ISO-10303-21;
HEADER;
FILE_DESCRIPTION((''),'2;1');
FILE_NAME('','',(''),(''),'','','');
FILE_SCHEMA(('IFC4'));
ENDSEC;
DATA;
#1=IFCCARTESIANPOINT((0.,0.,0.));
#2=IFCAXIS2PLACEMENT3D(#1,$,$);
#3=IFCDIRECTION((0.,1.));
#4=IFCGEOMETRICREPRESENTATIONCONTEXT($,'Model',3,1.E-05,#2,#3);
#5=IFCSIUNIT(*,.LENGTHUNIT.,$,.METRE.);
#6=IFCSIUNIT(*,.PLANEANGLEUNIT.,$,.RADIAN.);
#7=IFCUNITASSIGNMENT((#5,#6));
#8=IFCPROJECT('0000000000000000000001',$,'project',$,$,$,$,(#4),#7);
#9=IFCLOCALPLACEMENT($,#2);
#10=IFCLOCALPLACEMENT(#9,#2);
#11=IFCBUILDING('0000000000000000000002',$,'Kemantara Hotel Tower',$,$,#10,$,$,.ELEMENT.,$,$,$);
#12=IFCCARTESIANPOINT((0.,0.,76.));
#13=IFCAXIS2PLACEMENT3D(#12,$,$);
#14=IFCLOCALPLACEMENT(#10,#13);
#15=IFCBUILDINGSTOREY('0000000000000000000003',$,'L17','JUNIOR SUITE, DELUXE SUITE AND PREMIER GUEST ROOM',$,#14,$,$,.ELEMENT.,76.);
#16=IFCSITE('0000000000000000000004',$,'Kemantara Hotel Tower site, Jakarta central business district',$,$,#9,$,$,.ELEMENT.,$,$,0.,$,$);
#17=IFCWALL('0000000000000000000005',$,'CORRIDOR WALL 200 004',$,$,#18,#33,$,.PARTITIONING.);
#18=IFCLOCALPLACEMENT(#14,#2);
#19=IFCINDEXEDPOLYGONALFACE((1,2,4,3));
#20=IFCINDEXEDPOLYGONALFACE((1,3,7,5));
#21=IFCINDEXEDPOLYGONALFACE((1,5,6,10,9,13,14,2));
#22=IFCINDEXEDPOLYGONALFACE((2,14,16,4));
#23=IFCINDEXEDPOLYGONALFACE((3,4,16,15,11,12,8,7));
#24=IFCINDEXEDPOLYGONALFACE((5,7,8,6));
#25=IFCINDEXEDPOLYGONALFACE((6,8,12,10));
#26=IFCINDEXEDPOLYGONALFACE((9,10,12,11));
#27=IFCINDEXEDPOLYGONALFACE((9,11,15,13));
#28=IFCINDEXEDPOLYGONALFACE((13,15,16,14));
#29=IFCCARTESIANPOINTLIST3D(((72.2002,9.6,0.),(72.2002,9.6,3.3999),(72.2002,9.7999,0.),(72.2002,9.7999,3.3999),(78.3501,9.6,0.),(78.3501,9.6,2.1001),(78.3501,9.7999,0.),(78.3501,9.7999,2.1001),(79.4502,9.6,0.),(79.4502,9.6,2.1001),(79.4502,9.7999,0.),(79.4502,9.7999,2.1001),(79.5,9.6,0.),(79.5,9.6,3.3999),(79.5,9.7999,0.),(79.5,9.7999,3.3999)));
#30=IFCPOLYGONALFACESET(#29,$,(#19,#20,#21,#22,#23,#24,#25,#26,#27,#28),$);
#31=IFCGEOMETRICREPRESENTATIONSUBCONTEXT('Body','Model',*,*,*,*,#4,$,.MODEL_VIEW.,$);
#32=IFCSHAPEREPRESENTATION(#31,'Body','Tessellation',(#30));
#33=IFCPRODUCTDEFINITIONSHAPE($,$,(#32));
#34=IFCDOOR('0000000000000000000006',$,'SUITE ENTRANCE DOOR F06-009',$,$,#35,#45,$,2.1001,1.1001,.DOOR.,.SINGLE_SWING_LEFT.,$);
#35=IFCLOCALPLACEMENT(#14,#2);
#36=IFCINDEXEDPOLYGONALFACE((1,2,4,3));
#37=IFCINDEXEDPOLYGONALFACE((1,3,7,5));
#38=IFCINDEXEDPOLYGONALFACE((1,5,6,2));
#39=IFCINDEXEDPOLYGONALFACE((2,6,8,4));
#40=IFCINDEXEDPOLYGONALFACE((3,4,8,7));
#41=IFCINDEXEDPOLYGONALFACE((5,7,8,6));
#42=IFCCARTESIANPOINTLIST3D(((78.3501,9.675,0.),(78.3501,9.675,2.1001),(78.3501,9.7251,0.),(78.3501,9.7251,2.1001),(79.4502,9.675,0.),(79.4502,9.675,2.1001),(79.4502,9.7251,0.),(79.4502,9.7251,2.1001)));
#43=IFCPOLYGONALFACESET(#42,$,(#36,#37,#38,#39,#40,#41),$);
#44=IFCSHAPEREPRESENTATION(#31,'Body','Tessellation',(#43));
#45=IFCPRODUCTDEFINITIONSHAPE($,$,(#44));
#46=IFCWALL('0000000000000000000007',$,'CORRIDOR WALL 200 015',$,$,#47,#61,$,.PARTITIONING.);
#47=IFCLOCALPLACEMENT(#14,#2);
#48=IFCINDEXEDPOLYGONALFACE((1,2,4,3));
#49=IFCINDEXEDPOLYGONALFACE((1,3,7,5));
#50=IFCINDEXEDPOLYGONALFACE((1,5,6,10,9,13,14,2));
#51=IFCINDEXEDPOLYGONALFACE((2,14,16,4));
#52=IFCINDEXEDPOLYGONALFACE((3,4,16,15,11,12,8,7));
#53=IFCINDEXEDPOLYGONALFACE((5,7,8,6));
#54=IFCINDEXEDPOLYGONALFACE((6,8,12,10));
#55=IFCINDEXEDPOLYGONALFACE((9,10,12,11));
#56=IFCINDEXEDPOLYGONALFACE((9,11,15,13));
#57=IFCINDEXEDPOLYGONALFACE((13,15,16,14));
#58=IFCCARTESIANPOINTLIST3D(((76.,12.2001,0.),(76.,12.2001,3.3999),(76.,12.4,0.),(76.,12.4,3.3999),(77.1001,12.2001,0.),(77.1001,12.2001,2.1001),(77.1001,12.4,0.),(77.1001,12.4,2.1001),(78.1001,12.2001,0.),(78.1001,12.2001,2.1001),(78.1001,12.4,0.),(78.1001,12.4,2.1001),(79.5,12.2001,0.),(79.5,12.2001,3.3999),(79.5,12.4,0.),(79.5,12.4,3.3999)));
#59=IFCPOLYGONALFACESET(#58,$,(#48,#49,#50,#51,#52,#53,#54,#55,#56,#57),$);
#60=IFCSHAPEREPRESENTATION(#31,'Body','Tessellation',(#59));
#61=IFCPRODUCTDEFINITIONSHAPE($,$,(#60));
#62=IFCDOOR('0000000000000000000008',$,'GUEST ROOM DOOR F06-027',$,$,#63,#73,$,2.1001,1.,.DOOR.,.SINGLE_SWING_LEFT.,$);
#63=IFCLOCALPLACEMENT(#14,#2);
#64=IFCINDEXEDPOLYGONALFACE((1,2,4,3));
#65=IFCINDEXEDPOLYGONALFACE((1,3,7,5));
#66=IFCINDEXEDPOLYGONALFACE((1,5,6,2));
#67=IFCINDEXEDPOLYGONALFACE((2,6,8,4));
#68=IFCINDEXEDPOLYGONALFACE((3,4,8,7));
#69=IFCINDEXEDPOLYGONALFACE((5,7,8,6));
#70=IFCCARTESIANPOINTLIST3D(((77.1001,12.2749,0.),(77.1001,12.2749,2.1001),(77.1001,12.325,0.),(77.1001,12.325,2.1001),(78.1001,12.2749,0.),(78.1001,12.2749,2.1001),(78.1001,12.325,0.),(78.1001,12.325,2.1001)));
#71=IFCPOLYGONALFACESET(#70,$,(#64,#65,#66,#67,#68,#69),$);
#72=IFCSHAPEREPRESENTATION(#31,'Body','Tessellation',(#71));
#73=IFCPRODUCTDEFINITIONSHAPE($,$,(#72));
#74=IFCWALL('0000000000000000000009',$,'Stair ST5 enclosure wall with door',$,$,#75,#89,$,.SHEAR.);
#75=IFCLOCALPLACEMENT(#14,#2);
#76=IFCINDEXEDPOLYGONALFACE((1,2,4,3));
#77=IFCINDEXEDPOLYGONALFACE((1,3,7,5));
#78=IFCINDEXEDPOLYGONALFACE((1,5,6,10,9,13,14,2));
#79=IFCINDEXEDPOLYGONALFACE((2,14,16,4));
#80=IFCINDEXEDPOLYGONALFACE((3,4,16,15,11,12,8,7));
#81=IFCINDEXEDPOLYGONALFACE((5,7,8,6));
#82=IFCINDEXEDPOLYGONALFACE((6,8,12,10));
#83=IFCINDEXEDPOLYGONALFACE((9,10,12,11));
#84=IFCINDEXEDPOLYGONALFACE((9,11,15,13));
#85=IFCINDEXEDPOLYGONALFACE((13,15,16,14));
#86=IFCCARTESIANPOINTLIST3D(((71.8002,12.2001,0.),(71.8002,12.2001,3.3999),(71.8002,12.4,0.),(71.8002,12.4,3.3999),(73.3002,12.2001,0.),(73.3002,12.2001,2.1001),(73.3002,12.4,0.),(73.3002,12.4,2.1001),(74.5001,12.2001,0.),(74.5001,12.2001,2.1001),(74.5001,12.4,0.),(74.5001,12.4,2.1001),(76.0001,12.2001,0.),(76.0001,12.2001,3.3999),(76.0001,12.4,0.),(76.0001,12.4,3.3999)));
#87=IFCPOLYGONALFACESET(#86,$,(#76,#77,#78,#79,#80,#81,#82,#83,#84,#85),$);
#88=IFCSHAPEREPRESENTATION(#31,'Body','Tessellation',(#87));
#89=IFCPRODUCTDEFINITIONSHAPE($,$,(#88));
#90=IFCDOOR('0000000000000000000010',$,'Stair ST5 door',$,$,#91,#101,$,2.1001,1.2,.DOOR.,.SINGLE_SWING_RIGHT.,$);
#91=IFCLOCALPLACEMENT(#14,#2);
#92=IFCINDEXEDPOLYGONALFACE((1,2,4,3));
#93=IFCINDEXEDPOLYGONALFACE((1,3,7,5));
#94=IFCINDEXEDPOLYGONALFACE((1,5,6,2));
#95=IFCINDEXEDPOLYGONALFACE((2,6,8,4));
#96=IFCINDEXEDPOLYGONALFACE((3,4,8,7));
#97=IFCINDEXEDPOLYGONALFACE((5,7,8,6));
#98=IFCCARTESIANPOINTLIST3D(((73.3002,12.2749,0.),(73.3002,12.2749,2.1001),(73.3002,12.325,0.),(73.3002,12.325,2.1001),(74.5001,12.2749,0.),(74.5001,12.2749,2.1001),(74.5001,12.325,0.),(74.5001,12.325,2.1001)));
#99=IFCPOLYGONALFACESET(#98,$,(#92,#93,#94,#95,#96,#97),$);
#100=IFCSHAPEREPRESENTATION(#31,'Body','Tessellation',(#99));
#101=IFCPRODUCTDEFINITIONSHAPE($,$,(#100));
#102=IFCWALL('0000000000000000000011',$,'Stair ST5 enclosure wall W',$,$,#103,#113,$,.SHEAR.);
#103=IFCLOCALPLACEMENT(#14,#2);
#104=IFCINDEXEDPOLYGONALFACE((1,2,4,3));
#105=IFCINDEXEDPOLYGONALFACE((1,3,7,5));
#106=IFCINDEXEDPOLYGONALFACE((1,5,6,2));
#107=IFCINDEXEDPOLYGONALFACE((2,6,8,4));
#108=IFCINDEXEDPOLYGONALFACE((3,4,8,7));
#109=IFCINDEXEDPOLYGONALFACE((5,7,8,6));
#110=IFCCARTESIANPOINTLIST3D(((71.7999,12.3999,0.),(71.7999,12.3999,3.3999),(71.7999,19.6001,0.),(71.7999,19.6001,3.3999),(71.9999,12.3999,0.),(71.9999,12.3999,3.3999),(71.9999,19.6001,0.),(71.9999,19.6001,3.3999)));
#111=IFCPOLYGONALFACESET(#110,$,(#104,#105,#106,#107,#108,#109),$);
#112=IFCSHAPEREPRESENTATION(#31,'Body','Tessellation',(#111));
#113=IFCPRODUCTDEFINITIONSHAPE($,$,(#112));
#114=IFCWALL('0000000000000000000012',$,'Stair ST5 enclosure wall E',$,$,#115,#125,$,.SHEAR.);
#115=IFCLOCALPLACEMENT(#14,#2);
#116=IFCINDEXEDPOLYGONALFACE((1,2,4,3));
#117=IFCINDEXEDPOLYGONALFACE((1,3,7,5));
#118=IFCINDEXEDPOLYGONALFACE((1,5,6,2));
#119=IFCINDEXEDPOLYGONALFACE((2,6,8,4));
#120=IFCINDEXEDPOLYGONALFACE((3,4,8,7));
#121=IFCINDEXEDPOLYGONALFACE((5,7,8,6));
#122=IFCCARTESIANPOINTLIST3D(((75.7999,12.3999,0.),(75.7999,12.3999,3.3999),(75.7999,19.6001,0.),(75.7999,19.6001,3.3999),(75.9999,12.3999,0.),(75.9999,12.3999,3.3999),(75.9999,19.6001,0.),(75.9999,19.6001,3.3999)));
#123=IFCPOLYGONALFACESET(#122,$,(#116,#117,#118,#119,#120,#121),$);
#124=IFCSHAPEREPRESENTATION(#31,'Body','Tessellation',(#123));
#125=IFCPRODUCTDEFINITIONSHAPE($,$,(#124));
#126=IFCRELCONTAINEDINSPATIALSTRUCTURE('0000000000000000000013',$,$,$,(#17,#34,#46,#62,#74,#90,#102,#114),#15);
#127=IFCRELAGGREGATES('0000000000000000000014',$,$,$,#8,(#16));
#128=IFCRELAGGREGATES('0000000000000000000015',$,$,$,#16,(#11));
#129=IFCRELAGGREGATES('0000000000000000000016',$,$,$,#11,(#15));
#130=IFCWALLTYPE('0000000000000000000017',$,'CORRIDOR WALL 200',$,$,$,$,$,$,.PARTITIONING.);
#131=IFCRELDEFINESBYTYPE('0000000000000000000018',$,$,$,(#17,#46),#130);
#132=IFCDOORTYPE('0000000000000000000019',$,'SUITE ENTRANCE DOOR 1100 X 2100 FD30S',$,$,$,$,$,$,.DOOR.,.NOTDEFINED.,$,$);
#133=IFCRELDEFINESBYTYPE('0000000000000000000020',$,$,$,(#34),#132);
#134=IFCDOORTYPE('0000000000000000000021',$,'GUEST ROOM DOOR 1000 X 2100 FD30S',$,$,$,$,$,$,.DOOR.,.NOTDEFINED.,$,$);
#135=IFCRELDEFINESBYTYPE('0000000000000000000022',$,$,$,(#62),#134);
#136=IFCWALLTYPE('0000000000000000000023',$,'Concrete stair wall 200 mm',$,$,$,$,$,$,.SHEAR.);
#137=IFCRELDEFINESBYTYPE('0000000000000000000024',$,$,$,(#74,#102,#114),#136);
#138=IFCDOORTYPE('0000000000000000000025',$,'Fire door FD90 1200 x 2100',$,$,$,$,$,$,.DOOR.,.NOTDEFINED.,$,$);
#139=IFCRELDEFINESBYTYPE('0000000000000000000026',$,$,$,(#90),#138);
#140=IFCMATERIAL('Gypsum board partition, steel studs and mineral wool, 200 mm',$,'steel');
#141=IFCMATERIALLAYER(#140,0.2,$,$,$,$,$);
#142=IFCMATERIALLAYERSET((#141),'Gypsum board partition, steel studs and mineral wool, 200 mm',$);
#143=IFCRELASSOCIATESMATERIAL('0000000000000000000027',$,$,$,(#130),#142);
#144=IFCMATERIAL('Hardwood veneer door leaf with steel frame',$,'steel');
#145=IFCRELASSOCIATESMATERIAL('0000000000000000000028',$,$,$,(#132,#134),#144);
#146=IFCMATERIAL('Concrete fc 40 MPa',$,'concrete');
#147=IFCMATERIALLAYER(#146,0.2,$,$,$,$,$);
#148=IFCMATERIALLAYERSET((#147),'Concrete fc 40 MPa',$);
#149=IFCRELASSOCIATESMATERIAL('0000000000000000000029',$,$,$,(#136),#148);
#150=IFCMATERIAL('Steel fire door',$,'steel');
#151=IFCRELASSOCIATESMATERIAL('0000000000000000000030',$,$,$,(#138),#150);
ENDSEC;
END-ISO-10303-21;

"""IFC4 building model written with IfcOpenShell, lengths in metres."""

from ifc_helpers import new_model, si_unit, direction, frame, frame_2d, origin, place, context, subcontext, project, spatial, rectangle, extrude, material, layer, layer_set, type_object, element, fill, save


model = new_model("IFC4")

# Units and contexts
model_context = context("Model", 3, precision=1e-05, world=origin(), true_north=direction((0.0, 1.0)))
body_context = subcontext(model_context, "Body", "Model", "MODEL_VIEW")
ifc_project = project(units=[si_unit("LENGTHUNIT", "METRE"), si_unit("PLANEANGLEUNIT", "RADIAN")], contexts=[model_context])

# Site, building, storey
site_placement = place(None, origin())
site = spatial("IfcSite", under=ifc_project, at=site_placement, Name="Kemantara Hotel Tower site, Jakarta central business district", CompositionType="ELEMENT", RefElevation=0.0)
building_placement = place(site_placement, origin())
building = spatial("IfcBuilding", under=site, at=building_placement, Name="Kemantara Hotel Tower", CompositionType="ELEMENT")
storey_placement = place(building_placement, frame((0.0, 0.0, 76.0)))
storey = spatial("IfcBuildingStorey", under=building, at=storey_placement, Name="L17", Description="JUNIOR SUITE, DELUXE SUITE AND PREMIER GUEST ROOM", CompositionType="ELEMENT", Elevation=76.0)

# Walls, openings, doors
ifc_material_1 = material(Name="Gypsum board partition, steel studs and mineral wool, 200 mm", Category="steel")
ifc_layer_1 = layer(ifc_material_1, 0.2)
ifc_layer_set_1 = layer_set([ifc_layer_1], Name="Gypsum board partition, steel studs and mineral wool, 200 mm")
wall_type_1 = type_object("IfcWallType", Name="CORRIDOR WALL 200", PredefinedType="PARTITIONING", material=ifc_layer_set_1)
wall_1_placement = place(storey_placement, frame((79.5, 9.7, 0.0), z_axis=(0.0, 0.0, 1.0), x_axis=(-1.0, 0.0, 0.0)))
wall_1 = element("IfcWall", 1, at=wall_1_placement, inside=storey, type_object=wall_type_1, Name="CORRIDOR WALL 200 004", PredefinedType="PARTITIONING", context=body_context, shape_type="SweptSolid", body=[
    extrude(rectangle(XDim=7.2998, YDim=0.2, at=frame_2d((3.6499, 0.0))), origin(), (0.0, 0.0, 1.0), 3.3999),
])
opening_1_placement = place(wall_1_placement, frame((0.0498, 0.0, 0.0)))
opening_1 = element("IfcOpeningElement", 2, at=opening_1_placement, cuts=wall_1, PredefinedType="OPENING", context=body_context, shape_type="SweptSolid", body=[
    extrude(rectangle(XDim=1.1001, YDim=2.1001, at=frame_2d((0.55, 1.05))), frame((0.0, 0.1099, 0.0), z_axis=(0.0, -1.0, 0.0), x_axis=(1.0, 0.0, 0.0)), (0.0, 0.0, 1.0), 0.22),
])
ifc_material_2 = material(Name="Hardwood veneer door leaf with steel frame", Category="steel")
door_type_1 = type_object("IfcDoorType", Name="SUITE ENTRANCE DOOR 1100 X 2100 FD30S", OperationType="NOTDEFINED", PredefinedType="DOOR", material=ifc_material_2)
door_1_placement = place(opening_1_placement, origin())
door_1 = element("IfcDoor", 3, at=door_1_placement, inside=storey, type_object=door_type_1, Name="SUITE ENTRANCE DOOR F06-009", OperationType="SINGLE_SWING_LEFT", OverallHeight=2.1001, OverallWidth=1.1001, PredefinedType="DOOR", context=body_context, shape_type="SweptSolid", body=[
    extrude(rectangle(XDim=1.1001, YDim=2.1001, at=frame_2d((0.55, 1.05))), frame((0.0, 0.0249, 0.0), z_axis=(0.0, -1.0, 0.0), x_axis=(1.0, 0.0, 0.0)), (0.0, 0.0, 1.0), 0.05),
])
fill(opening_1, door_1)
wall_2_placement = place(storey_placement, frame((76.0, 12.3, 0.0), z_axis=(0.0, 0.0, 1.0), x_axis=(1.0, 0.0, 0.0)))
wall_2 = element("IfcWall", 4, at=wall_2_placement, inside=storey, type_object=wall_type_1, Name="CORRIDOR WALL 200 015", PredefinedType="PARTITIONING", context=body_context, shape_type="SweptSolid", body=[
    extrude(rectangle(XDim=3.5, YDim=0.2, at=frame_2d((1.75, 0.0))), origin(), (0.0, 0.0, 1.0), 3.3999),
])
opening_2_placement = place(wall_2_placement, frame((1.1001, 0.0, 0.0)))
opening_2 = element("IfcOpeningElement", 5, at=opening_2_placement, cuts=wall_2, PredefinedType="OPENING", context=body_context, shape_type="SweptSolid", body=[
    extrude(rectangle(XDim=1.0, YDim=2.1001, at=frame_2d((0.5, 1.05))), frame((0.0, 0.1099, 0.0), z_axis=(0.0, -1.0, 0.0), x_axis=(1.0, 0.0, 0.0)), (0.0, 0.0, 1.0), 0.22),
])
door_type_2 = type_object("IfcDoorType", Name="GUEST ROOM DOOR 1000 X 2100 FD30S", OperationType="NOTDEFINED", PredefinedType="DOOR", material=ifc_material_2)
door_2_placement = place(opening_2_placement, origin())
door_2 = element("IfcDoor", 6, at=door_2_placement, inside=storey, type_object=door_type_2, Name="GUEST ROOM DOOR F06-027", OperationType="SINGLE_SWING_LEFT", OverallHeight=2.1001, OverallWidth=1.0, PredefinedType="DOOR", context=body_context, shape_type="SweptSolid", body=[
    extrude(rectangle(XDim=1.0, YDim=2.1001, at=frame_2d((0.5, 1.05))), frame((0.0, 0.0249, 0.0), z_axis=(0.0, -1.0, 0.0), x_axis=(1.0, 0.0, 0.0)), (0.0, 0.0, 1.0), 0.05),
])
fill(opening_2, door_2)
ifc_material_3 = material(Name="Concrete fc 40 MPa", Category="concrete")
ifc_layer_2 = layer(ifc_material_3, 0.2)
ifc_layer_set_2 = layer_set([ifc_layer_2], Name="Concrete fc 40 MPa")
wall_type_2 = type_object("IfcWallType", Name="Concrete stair wall 200 mm", PredefinedType="SHEAR", material=ifc_layer_set_2)
wall_3_placement = place(storey_placement, frame((71.8, 12.3, 0.0), z_axis=(0.0, 0.0, 1.0), x_axis=(1.0, 0.0, 0.0)))
wall_3 = element("IfcWall", 7, at=wall_3_placement, inside=storey, type_object=wall_type_2, Name="Stair ST5 enclosure wall with door", PredefinedType="SHEAR", context=body_context, shape_type="SweptSolid", body=[
    extrude(rectangle(XDim=4.2, YDim=0.2, at=frame_2d((2.1001, 0.0))), origin(), (0.0, 0.0, 1.0), 3.3999),
])
opening_3_placement = place(wall_3_placement, frame((1.5, 0.0, 0.0)))
opening_3 = element("IfcOpeningElement", 8, at=opening_3_placement, cuts=wall_3, PredefinedType="OPENING", context=body_context, shape_type="SweptSolid", body=[
    extrude(rectangle(XDim=1.2, YDim=2.1001, at=frame_2d((0.6001, 1.05))), frame((0.0, 0.1099, 0.0), z_axis=(0.0, -1.0, 0.0), x_axis=(1.0, 0.0, 0.0)), (0.0, 0.0, 1.0), 0.22),
])
ifc_material_4 = material(Name="Steel fire door", Category="steel")
door_type_3 = type_object("IfcDoorType", Name="Fire door FD90 1200 x 2100", OperationType="NOTDEFINED", PredefinedType="DOOR", material=ifc_material_4)
door_3_placement = place(opening_3_placement, origin())
door_3 = element("IfcDoor", 9, at=door_3_placement, inside=storey, type_object=door_type_3, Name="Stair ST5 door", OperationType="SINGLE_SWING_RIGHT", OverallHeight=2.1001, OverallWidth=1.2, PredefinedType="DOOR", context=body_context, shape_type="SweptSolid", body=[
    extrude(rectangle(XDim=1.2, YDim=2.1001, at=frame_2d((0.6001, 1.05))), frame((0.0, 0.0249, 0.0), z_axis=(0.0, -1.0, 0.0), x_axis=(1.0, 0.0, 0.0)), (0.0, 0.0, 1.0), 0.05),
])
fill(opening_3, door_3)

# Walls
for number, where, z_axis, x_axis, name in (
    (10, (71.8999, 12.3999, 0.0), (0.0, 0.0, 1.0), (0.0, 1.0, 0.0), "Stair ST5 enclosure wall W"),
    (11, (75.8999, 12.3999, 0.0), (0.0, 0.0, 1.0), (0.0, 1.0, 0.0), "Stair ST5 enclosure wall E"),
):
    element("IfcWall", number, at=place(storey_placement, frame(where, z_axis=z_axis, x_axis=x_axis)), inside=storey, type_object=wall_type_2, Name=name, PredefinedType="SHEAR", context=body_context, shape_type="SweptSolid", body=[
        extrude(rectangle(XDim=7.2002, YDim=0.2, at=frame_2d((3.6001, 0.0))), origin(), (0.0, 0.0, 1.0), 3.3999),
    ])

save(model, "model.ifc")
